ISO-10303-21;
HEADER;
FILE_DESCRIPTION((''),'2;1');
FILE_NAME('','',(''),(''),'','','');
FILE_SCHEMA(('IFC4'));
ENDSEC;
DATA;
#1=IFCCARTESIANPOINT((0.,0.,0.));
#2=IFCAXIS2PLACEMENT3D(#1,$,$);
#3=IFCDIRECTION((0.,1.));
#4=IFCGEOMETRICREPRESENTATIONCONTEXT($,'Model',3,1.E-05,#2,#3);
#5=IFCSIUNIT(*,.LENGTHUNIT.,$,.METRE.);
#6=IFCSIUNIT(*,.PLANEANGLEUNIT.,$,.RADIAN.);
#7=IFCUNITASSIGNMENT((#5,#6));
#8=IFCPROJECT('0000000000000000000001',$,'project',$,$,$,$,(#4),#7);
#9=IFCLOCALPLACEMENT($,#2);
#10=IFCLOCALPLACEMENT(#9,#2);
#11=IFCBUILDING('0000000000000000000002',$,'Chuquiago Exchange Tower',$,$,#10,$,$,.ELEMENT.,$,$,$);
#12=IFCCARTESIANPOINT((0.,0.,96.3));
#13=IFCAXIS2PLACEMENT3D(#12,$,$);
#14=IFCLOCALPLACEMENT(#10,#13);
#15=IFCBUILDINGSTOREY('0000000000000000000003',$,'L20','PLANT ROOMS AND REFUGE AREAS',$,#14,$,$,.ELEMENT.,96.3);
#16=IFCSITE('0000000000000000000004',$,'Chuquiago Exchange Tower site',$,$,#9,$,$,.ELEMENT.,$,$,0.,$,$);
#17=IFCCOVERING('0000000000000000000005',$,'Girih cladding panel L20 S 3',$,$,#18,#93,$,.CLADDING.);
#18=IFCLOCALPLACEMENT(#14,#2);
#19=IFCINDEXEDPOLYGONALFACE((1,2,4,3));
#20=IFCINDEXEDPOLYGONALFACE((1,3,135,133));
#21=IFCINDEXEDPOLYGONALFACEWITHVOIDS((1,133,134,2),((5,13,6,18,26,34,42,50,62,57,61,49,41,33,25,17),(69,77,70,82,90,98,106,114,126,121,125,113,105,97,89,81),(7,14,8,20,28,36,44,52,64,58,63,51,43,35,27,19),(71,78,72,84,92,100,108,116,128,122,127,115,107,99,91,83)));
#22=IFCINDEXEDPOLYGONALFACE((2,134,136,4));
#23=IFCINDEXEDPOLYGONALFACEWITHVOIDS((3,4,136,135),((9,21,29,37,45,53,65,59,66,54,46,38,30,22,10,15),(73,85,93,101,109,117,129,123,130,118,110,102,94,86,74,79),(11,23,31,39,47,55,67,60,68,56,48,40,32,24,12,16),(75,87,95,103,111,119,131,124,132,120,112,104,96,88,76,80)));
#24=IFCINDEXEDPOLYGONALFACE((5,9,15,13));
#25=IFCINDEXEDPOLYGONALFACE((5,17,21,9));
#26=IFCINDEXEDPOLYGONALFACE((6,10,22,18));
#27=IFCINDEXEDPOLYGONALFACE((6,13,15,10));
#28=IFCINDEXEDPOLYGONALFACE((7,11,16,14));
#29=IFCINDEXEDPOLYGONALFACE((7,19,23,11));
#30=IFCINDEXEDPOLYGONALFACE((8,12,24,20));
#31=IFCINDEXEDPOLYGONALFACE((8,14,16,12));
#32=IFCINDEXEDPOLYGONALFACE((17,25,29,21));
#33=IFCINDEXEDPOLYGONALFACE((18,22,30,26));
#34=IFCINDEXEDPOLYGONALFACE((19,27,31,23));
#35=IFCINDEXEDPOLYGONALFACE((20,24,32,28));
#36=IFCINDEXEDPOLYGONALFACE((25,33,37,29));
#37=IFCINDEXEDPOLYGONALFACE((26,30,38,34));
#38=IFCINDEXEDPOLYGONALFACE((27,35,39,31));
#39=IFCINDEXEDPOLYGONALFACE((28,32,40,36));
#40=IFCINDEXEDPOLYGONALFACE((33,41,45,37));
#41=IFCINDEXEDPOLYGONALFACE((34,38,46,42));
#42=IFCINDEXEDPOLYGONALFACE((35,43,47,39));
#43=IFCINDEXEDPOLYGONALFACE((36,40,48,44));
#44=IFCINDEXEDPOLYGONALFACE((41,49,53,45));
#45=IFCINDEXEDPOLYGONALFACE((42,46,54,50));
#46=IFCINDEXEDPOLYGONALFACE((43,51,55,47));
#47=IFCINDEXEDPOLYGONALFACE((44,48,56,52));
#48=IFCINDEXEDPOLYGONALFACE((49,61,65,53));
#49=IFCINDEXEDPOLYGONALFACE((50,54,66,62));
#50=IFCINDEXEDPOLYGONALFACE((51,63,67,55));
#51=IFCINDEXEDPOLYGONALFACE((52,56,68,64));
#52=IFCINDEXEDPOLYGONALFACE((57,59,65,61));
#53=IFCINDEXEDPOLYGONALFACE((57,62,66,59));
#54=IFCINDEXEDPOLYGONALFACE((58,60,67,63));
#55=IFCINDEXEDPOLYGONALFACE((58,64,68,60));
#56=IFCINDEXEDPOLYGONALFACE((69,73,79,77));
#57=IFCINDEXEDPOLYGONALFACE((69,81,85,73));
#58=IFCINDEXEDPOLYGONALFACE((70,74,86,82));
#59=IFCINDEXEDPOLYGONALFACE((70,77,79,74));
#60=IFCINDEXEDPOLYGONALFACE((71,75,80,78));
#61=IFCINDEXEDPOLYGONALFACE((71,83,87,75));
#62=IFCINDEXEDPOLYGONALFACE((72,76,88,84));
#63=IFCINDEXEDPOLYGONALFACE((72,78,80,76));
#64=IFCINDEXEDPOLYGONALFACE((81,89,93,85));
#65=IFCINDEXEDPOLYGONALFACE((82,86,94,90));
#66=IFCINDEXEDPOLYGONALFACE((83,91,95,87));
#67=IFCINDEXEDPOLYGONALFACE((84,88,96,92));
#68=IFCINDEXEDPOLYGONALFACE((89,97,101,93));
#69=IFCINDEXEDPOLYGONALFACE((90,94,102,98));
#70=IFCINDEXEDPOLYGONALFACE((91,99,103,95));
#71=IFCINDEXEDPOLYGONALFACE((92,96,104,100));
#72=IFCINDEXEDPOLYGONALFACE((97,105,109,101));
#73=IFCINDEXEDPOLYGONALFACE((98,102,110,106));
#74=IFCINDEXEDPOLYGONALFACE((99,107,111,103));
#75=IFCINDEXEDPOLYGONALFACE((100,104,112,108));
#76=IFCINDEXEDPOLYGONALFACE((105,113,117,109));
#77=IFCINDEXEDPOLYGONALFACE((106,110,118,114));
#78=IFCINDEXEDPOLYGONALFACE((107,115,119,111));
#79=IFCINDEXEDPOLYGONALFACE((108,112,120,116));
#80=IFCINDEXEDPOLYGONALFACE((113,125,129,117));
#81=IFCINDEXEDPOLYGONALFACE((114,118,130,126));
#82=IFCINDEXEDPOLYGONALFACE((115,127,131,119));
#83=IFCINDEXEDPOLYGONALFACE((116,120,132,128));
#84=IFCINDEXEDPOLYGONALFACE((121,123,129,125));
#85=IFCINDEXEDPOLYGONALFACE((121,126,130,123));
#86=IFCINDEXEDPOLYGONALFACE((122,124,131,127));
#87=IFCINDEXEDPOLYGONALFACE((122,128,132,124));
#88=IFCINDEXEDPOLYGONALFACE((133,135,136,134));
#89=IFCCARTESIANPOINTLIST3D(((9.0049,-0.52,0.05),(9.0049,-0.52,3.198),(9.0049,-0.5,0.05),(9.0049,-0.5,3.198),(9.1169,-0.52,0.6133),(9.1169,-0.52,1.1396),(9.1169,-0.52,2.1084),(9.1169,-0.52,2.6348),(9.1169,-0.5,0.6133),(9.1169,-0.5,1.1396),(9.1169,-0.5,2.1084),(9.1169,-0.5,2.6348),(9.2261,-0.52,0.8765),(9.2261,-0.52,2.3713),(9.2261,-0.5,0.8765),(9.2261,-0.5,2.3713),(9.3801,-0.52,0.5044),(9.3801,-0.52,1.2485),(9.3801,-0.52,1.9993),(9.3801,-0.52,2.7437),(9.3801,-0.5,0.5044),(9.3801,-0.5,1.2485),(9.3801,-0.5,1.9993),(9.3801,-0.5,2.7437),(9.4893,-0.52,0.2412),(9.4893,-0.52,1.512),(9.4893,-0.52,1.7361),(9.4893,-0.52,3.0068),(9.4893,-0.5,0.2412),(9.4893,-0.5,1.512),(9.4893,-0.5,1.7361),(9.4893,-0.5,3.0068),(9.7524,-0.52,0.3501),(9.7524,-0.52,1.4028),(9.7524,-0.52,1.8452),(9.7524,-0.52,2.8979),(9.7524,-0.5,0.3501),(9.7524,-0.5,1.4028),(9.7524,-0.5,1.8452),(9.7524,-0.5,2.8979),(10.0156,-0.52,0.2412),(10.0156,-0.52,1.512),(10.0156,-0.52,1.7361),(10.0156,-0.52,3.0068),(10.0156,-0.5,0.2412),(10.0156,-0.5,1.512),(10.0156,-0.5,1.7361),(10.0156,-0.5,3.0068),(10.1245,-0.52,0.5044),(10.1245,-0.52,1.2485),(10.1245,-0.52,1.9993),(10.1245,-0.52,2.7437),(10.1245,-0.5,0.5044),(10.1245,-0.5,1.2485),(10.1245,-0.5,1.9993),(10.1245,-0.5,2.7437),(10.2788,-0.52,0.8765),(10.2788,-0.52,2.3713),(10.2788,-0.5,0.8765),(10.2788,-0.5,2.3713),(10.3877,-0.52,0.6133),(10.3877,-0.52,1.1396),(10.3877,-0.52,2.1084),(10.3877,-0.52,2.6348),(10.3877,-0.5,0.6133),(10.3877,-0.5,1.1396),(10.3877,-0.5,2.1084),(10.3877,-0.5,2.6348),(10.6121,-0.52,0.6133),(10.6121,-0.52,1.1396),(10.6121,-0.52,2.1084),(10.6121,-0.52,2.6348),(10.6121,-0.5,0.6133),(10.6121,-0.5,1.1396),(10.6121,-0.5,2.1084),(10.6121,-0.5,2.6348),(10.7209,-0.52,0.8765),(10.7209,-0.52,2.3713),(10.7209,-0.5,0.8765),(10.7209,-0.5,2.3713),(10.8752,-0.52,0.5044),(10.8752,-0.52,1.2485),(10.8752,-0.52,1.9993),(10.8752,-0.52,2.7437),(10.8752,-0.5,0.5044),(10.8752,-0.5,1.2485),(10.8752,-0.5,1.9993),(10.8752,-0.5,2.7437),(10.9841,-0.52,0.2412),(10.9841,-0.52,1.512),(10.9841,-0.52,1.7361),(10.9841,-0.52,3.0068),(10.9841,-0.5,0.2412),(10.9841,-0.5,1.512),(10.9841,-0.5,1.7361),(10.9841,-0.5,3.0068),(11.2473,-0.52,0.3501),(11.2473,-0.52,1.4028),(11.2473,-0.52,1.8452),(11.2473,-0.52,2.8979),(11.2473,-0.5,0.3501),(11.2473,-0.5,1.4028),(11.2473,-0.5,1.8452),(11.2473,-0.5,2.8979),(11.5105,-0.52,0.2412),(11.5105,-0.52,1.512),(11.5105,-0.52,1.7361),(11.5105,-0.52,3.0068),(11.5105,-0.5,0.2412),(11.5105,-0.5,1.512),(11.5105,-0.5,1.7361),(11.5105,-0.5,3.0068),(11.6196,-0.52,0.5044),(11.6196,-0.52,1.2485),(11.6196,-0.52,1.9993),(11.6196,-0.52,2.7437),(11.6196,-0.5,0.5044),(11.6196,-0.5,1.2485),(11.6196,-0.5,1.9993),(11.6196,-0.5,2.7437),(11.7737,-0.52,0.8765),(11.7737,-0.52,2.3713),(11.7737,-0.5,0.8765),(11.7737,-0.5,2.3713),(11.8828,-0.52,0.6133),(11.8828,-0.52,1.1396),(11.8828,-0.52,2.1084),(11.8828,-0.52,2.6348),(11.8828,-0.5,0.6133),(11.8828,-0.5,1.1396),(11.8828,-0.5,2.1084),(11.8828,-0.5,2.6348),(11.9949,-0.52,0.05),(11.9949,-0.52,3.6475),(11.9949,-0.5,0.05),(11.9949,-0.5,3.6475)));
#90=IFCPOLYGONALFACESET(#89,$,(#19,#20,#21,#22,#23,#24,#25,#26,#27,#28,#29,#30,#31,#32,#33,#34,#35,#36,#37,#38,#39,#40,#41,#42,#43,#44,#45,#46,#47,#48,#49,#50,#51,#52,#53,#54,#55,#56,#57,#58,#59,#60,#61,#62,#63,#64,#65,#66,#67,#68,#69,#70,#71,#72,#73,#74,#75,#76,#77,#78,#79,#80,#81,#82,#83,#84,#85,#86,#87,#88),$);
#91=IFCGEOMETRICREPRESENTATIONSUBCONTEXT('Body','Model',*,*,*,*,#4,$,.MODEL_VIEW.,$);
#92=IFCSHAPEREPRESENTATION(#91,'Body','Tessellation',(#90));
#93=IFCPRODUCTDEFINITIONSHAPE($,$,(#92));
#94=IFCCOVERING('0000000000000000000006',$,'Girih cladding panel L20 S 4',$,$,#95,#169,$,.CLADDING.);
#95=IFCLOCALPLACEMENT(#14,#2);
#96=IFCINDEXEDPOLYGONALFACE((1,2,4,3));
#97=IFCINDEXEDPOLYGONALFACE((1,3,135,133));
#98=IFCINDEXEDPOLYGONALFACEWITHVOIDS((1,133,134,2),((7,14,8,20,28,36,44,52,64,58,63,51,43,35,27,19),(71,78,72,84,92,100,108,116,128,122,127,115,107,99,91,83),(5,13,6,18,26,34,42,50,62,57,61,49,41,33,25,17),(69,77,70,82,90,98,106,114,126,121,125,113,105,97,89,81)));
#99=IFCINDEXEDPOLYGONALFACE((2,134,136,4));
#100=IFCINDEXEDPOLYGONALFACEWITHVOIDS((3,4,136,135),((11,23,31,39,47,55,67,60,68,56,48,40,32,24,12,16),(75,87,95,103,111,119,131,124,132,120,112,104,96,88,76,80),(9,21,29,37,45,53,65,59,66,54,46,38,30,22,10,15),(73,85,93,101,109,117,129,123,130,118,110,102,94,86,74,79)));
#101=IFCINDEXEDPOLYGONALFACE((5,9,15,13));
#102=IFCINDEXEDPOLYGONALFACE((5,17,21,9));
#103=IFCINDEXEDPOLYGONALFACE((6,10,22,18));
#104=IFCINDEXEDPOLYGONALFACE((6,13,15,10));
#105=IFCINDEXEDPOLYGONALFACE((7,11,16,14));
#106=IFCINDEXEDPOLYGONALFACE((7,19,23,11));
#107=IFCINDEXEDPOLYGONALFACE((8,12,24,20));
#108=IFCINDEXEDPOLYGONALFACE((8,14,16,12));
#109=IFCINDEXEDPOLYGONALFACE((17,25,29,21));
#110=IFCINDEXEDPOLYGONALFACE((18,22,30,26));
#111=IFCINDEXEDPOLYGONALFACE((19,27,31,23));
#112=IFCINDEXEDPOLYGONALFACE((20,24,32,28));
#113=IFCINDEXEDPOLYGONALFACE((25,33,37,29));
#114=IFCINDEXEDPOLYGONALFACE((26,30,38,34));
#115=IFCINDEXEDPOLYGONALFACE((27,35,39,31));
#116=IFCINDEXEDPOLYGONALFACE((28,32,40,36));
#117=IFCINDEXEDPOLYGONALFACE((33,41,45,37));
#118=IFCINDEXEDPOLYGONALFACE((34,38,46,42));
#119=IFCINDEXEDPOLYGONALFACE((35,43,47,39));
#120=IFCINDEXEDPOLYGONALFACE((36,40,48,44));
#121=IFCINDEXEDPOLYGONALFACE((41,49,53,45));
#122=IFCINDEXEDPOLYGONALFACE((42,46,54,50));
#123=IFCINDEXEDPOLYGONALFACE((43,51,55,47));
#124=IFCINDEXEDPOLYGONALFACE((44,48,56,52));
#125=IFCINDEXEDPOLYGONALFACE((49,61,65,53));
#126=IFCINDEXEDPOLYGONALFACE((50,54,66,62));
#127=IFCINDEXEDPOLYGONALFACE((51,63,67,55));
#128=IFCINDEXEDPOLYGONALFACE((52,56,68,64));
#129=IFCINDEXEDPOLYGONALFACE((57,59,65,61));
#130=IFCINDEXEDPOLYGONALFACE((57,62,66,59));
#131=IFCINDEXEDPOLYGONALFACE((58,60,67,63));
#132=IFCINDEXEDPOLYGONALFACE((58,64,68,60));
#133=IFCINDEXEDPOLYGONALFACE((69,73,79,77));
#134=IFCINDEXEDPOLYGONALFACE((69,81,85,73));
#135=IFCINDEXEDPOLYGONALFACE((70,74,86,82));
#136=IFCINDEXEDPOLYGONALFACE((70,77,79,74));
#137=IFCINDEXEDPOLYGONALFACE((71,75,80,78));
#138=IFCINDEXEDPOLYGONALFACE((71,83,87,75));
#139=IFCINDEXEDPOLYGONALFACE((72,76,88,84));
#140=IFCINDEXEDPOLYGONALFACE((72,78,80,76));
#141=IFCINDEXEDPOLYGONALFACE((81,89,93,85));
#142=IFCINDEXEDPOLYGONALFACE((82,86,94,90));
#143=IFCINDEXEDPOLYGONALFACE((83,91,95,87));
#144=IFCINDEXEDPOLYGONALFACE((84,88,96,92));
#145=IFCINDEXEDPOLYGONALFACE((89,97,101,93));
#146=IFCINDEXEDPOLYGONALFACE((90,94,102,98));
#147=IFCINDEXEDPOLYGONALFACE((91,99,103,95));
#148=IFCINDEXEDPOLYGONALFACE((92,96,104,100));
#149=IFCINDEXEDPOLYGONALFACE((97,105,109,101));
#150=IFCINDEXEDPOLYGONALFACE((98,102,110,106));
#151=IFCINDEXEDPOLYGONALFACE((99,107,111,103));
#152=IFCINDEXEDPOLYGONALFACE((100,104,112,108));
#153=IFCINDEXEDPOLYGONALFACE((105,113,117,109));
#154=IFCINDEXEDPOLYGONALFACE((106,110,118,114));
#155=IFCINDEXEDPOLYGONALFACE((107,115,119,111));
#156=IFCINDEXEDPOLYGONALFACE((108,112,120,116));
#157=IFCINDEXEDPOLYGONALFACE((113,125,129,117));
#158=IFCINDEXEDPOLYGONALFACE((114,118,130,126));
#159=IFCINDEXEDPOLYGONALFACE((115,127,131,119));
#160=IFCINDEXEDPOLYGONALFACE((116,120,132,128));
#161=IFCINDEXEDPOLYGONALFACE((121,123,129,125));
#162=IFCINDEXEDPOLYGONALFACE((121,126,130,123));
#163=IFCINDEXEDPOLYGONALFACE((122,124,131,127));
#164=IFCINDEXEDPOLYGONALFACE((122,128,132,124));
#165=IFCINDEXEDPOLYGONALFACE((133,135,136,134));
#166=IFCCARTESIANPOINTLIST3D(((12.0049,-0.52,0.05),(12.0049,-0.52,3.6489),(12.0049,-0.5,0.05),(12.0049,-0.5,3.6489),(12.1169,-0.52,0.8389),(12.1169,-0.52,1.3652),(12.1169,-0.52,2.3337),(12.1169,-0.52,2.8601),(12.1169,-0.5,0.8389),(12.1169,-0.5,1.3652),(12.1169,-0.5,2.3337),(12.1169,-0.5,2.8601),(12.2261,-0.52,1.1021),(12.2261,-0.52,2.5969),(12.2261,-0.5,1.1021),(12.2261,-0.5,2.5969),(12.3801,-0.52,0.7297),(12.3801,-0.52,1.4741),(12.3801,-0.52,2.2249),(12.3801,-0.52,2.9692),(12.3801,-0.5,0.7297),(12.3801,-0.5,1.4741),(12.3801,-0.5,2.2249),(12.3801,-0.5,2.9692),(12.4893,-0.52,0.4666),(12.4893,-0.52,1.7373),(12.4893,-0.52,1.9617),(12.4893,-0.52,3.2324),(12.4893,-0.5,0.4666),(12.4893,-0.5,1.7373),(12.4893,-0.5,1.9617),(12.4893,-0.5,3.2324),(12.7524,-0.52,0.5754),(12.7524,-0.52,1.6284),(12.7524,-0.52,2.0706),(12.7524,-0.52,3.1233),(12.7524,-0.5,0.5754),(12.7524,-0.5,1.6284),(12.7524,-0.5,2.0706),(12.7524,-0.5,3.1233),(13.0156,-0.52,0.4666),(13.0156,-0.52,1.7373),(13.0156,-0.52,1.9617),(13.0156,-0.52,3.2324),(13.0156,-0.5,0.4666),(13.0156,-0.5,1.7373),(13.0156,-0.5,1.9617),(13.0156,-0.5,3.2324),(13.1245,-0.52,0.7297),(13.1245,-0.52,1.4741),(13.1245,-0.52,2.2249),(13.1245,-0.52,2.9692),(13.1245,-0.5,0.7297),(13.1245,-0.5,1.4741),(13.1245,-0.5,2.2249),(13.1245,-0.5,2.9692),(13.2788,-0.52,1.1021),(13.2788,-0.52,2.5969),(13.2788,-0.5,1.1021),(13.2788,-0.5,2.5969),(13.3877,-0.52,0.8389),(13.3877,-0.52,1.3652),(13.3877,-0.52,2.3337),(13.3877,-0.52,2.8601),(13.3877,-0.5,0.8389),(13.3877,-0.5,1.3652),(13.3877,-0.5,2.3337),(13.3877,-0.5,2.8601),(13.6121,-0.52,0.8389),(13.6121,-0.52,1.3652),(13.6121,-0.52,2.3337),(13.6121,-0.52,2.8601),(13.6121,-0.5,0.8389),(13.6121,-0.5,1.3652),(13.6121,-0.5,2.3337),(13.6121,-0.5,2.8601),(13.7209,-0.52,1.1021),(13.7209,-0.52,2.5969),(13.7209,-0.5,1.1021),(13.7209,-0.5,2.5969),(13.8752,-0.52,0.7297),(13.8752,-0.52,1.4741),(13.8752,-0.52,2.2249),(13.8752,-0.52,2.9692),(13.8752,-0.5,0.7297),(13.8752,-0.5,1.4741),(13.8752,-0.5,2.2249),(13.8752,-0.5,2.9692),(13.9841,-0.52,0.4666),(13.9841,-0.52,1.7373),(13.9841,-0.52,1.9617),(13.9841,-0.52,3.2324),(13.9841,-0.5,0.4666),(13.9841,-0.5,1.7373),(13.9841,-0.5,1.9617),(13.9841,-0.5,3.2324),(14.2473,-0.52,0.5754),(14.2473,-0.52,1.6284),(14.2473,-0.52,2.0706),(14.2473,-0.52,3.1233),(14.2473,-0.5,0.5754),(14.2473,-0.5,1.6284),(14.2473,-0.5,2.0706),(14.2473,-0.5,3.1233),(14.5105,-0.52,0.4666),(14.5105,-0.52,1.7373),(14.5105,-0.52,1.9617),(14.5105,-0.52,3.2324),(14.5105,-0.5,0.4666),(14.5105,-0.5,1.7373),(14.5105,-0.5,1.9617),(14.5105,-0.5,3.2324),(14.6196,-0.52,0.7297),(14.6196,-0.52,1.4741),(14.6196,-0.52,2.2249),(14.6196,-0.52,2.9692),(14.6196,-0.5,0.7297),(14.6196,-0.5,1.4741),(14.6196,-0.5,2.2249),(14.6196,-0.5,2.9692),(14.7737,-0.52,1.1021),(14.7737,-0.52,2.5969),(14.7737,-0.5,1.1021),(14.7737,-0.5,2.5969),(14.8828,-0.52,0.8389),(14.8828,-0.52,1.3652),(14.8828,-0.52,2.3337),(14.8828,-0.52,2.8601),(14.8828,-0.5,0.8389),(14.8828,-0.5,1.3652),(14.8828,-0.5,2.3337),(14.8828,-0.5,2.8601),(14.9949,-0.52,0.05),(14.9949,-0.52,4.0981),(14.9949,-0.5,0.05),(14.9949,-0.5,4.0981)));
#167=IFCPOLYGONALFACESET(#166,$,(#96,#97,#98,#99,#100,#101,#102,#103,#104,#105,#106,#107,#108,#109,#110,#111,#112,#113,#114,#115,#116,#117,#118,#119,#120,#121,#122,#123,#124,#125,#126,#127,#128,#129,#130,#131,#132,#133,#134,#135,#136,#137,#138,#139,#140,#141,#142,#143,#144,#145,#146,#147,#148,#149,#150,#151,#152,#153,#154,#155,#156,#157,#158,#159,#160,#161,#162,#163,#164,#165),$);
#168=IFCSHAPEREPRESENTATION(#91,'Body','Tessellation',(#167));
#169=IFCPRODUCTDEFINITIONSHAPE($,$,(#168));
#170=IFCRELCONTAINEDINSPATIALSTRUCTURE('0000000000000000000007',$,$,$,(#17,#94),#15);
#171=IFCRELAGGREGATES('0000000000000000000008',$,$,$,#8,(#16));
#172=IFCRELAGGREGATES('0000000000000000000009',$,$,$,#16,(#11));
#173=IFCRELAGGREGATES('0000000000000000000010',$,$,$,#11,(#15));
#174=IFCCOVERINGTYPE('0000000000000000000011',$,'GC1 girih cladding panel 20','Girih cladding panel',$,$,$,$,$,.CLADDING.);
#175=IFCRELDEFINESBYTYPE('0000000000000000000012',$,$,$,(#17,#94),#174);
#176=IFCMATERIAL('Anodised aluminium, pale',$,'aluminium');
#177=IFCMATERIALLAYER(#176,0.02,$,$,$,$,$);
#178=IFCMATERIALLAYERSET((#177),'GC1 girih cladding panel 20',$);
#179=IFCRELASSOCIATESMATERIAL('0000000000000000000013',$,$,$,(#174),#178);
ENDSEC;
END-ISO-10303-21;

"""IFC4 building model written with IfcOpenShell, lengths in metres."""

from ifc_helpers import new_model, si_unit, direction, frame, origin, place, context, subcontext, project, spatial, polyline, outline, extrude, material, layer, layer_set, type_object, element, save


model = new_model("IFC4")

# Units and contexts
model_context = context("Model", 3, precision=1e-05, world=origin(), true_north=direction((0.0, 1.0)))
body_context = subcontext(model_context, "Body", "Model", "MODEL_VIEW")
ifc_project = project(units=[si_unit("LENGTHUNIT", "METRE"), si_unit("PLANEANGLEUNIT", "RADIAN")], contexts=[model_context])

# Site, building, storey
site_placement = place(None, origin())
site = spatial("IfcSite", under=ifc_project, at=site_placement, Name="Chuquiago Exchange Tower site", CompositionType="ELEMENT", RefElevation=0.0)
building_placement = place(site_placement, origin())
building = spatial("IfcBuilding", under=site, at=building_placement, Name="Chuquiago Exchange Tower", CompositionType="ELEMENT")
storey_placement = place(building_placement, frame((0.0, 0.0, 96.3)))
storey = spatial("IfcBuildingStorey", under=building, at=storey_placement, Name="L20", Description="PLANT ROOMS AND REFUGE AREAS", CompositionType="ELEMENT", Elevation=96.3)

# Coverings
ifc_material_1 = material(Name="Anodised aluminium, pale", Category="aluminium")
ifc_layer_1 = layer(ifc_material_1, 0.02)
ifc_layer_set_1 = layer_set([ifc_layer_1], Name="GC1 girih cladding panel 20")
covering_type = type_object("IfcCoveringType", Name="GC1 girih cladding panel 20", Description="Girih cladding panel", PredefinedType="CLADDING", material=ifc_layer_set_1)
covering_1_placement = place(storey_placement, frame((9.0049, -0.5, 0.05), z_axis=(0.0, 0.0, 1.0), x_axis=(1.0, 0.0, 0.0)))
element("IfcCovering", 1, at=covering_1_placement, inside=storey, type_object=covering_type, Name="Girih cladding panel L20 S 3", PredefinedType="CLADDING", context=body_context, shape_type="SweptSolid", body=[
    extrude(outline(polyline([(0.0, 0.0), (2.99, 0.0), (2.99, 3.5974), (0.0, 3.1479), (0.0, 0.0)]), holes=[polyline([(1.2739, 0.8264), (1.3828, 1.0896), (1.1196, 1.1985), (1.0107, 1.4619), (0.7476, 1.3528), (0.4844, 1.4619), (0.3752, 1.1985), (0.1121, 1.0896), (0.2212, 0.8264), (0.1121, 0.5632), (0.3752, 0.4543), (0.4844, 0.1912), (0.7476, 0.3), (1.0107, 0.1912), (1.1196, 0.4543), (1.3828, 0.5632), (1.2739, 0.8264)]), polyline([(2.7688, 0.8264), (2.8779, 1.0896), (2.6147, 1.1985), (2.5056, 1.4619), (2.2424, 1.3528), (1.9792, 1.4619), (1.8704, 1.1985), (1.6072, 1.0896), (1.7161, 0.8264), (1.6072, 0.5632), (1.8704, 0.4543), (1.9792, 0.1912), (2.2424, 0.3), (2.5056, 0.1912), (2.6147, 0.4543), (2.8779, 0.5632), (2.7688, 0.8264)]), polyline([(1.2739, 2.3213), (1.3828, 2.5847), (1.1196, 2.6936), (1.0107, 2.9568), (0.7476, 2.8479), (0.4844, 2.9568), (0.3752, 2.6936), (0.1121, 2.5847), (0.2212, 2.3213), (0.1121, 2.0583), (0.3752, 1.9492), (0.4844, 1.686), (0.7476, 1.7952), (1.0107, 1.686), (1.1196, 1.9492), (1.3828, 2.0583), (1.2739, 2.3213)]), polyline([(2.7688, 2.3213), (2.8779, 2.5847), (2.6147, 2.6936), (2.5056, 2.9568), (2.2424, 2.8479), (1.9792, 2.9568), (1.8704, 2.6936), (1.6072, 2.5847), (1.7161, 2.3213), (1.6072, 2.0583), (1.8704, 1.9492), (1.9792, 1.686), (2.2424, 1.7952), (2.5056, 1.686), (2.6147, 1.9492), (2.8779, 2.0583), (2.7688, 2.3213)])]), frame((0.0, 0.0, 0.0), z_axis=(0.0, -1.0, 0.0), x_axis=(1.0, 0.0, 0.0)), (0.0, 0.0, 1.0), 0.02),
])
covering_2_placement = place(storey_placement, frame((12.0049, -0.5, 0.05), z_axis=(0.0, 0.0, 1.0), x_axis=(1.0, 0.0, 0.0)))
element("IfcCovering", 2, at=covering_2_placement, inside=storey, type_object=covering_type, Name="Girih cladding panel L20 S 4", PredefinedType="CLADDING", context=body_context, shape_type="SweptSolid", body=[
    extrude(outline(polyline([(0.0, 0.0), (2.99, 0.0), (2.99, 4.0481), (0.0, 3.5989), (0.0, 0.0)]), holes=[polyline([(1.2739, 1.052), (1.3828, 1.3152), (1.1196, 1.4241), (1.0107, 1.6873), (0.7476, 1.5784), (0.4844, 1.6873), (0.3752, 1.4241), (0.1121, 1.3152), (0.2212, 1.052), (0.1121, 0.7888), (0.3752, 0.6797), (0.4844, 0.4165), (0.7476, 0.5254), (1.0107, 0.4165), (1.1196, 0.6797), (1.3828, 0.7888), (1.2739, 1.052)]), polyline([(2.7688, 1.052), (2.8779, 1.3152), (2.6147, 1.4241), (2.5056, 1.6873), (2.2424, 1.5784), (1.9792, 1.6873), (1.8704, 1.4241), (1.6072, 1.3152), (1.7161, 1.052), (1.6072, 0.7888), (1.8704, 0.6797), (1.9792, 0.4165), (2.2424, 0.5254), (2.5056, 0.4165), (2.6147, 0.6797), (2.8779, 0.7888), (2.7688, 1.052)]), polyline([(1.2739, 2.5469), (1.3828, 2.8101), (1.1196, 2.9192), (1.0107, 3.1824), (0.7476, 3.0732), (0.4844, 3.1824), (0.3752, 2.9192), (0.1121, 2.8101), (0.2212, 2.5469), (0.1121, 2.2837), (0.3752, 2.1748), (0.4844, 1.9116), (0.7476, 2.0205), (1.0107, 1.9116), (1.1196, 2.1748), (1.3828, 2.2837), (1.2739, 2.5469)]), polyline([(2.7688, 2.5469), (2.8779, 2.8101), (2.6147, 2.9192), (2.5056, 3.1824), (2.2424, 3.0732), (1.9792, 3.1824), (1.8704, 2.9192), (1.6072, 2.8101), (1.7161, 2.5469), (1.6072, 2.2837), (1.8704, 2.1748), (1.9792, 1.9116), (2.2424, 2.0205), (2.5056, 1.9116), (2.6147, 2.1748), (2.8779, 2.2837), (2.7688, 2.5469)])]), frame((0.0, 0.0, 0.0), z_axis=(0.0, -1.0, 0.0), x_axis=(1.0, 0.0, 0.0)), (0.0, 0.0, 1.0), 0.02),
])

save(model, "model.ifc")
